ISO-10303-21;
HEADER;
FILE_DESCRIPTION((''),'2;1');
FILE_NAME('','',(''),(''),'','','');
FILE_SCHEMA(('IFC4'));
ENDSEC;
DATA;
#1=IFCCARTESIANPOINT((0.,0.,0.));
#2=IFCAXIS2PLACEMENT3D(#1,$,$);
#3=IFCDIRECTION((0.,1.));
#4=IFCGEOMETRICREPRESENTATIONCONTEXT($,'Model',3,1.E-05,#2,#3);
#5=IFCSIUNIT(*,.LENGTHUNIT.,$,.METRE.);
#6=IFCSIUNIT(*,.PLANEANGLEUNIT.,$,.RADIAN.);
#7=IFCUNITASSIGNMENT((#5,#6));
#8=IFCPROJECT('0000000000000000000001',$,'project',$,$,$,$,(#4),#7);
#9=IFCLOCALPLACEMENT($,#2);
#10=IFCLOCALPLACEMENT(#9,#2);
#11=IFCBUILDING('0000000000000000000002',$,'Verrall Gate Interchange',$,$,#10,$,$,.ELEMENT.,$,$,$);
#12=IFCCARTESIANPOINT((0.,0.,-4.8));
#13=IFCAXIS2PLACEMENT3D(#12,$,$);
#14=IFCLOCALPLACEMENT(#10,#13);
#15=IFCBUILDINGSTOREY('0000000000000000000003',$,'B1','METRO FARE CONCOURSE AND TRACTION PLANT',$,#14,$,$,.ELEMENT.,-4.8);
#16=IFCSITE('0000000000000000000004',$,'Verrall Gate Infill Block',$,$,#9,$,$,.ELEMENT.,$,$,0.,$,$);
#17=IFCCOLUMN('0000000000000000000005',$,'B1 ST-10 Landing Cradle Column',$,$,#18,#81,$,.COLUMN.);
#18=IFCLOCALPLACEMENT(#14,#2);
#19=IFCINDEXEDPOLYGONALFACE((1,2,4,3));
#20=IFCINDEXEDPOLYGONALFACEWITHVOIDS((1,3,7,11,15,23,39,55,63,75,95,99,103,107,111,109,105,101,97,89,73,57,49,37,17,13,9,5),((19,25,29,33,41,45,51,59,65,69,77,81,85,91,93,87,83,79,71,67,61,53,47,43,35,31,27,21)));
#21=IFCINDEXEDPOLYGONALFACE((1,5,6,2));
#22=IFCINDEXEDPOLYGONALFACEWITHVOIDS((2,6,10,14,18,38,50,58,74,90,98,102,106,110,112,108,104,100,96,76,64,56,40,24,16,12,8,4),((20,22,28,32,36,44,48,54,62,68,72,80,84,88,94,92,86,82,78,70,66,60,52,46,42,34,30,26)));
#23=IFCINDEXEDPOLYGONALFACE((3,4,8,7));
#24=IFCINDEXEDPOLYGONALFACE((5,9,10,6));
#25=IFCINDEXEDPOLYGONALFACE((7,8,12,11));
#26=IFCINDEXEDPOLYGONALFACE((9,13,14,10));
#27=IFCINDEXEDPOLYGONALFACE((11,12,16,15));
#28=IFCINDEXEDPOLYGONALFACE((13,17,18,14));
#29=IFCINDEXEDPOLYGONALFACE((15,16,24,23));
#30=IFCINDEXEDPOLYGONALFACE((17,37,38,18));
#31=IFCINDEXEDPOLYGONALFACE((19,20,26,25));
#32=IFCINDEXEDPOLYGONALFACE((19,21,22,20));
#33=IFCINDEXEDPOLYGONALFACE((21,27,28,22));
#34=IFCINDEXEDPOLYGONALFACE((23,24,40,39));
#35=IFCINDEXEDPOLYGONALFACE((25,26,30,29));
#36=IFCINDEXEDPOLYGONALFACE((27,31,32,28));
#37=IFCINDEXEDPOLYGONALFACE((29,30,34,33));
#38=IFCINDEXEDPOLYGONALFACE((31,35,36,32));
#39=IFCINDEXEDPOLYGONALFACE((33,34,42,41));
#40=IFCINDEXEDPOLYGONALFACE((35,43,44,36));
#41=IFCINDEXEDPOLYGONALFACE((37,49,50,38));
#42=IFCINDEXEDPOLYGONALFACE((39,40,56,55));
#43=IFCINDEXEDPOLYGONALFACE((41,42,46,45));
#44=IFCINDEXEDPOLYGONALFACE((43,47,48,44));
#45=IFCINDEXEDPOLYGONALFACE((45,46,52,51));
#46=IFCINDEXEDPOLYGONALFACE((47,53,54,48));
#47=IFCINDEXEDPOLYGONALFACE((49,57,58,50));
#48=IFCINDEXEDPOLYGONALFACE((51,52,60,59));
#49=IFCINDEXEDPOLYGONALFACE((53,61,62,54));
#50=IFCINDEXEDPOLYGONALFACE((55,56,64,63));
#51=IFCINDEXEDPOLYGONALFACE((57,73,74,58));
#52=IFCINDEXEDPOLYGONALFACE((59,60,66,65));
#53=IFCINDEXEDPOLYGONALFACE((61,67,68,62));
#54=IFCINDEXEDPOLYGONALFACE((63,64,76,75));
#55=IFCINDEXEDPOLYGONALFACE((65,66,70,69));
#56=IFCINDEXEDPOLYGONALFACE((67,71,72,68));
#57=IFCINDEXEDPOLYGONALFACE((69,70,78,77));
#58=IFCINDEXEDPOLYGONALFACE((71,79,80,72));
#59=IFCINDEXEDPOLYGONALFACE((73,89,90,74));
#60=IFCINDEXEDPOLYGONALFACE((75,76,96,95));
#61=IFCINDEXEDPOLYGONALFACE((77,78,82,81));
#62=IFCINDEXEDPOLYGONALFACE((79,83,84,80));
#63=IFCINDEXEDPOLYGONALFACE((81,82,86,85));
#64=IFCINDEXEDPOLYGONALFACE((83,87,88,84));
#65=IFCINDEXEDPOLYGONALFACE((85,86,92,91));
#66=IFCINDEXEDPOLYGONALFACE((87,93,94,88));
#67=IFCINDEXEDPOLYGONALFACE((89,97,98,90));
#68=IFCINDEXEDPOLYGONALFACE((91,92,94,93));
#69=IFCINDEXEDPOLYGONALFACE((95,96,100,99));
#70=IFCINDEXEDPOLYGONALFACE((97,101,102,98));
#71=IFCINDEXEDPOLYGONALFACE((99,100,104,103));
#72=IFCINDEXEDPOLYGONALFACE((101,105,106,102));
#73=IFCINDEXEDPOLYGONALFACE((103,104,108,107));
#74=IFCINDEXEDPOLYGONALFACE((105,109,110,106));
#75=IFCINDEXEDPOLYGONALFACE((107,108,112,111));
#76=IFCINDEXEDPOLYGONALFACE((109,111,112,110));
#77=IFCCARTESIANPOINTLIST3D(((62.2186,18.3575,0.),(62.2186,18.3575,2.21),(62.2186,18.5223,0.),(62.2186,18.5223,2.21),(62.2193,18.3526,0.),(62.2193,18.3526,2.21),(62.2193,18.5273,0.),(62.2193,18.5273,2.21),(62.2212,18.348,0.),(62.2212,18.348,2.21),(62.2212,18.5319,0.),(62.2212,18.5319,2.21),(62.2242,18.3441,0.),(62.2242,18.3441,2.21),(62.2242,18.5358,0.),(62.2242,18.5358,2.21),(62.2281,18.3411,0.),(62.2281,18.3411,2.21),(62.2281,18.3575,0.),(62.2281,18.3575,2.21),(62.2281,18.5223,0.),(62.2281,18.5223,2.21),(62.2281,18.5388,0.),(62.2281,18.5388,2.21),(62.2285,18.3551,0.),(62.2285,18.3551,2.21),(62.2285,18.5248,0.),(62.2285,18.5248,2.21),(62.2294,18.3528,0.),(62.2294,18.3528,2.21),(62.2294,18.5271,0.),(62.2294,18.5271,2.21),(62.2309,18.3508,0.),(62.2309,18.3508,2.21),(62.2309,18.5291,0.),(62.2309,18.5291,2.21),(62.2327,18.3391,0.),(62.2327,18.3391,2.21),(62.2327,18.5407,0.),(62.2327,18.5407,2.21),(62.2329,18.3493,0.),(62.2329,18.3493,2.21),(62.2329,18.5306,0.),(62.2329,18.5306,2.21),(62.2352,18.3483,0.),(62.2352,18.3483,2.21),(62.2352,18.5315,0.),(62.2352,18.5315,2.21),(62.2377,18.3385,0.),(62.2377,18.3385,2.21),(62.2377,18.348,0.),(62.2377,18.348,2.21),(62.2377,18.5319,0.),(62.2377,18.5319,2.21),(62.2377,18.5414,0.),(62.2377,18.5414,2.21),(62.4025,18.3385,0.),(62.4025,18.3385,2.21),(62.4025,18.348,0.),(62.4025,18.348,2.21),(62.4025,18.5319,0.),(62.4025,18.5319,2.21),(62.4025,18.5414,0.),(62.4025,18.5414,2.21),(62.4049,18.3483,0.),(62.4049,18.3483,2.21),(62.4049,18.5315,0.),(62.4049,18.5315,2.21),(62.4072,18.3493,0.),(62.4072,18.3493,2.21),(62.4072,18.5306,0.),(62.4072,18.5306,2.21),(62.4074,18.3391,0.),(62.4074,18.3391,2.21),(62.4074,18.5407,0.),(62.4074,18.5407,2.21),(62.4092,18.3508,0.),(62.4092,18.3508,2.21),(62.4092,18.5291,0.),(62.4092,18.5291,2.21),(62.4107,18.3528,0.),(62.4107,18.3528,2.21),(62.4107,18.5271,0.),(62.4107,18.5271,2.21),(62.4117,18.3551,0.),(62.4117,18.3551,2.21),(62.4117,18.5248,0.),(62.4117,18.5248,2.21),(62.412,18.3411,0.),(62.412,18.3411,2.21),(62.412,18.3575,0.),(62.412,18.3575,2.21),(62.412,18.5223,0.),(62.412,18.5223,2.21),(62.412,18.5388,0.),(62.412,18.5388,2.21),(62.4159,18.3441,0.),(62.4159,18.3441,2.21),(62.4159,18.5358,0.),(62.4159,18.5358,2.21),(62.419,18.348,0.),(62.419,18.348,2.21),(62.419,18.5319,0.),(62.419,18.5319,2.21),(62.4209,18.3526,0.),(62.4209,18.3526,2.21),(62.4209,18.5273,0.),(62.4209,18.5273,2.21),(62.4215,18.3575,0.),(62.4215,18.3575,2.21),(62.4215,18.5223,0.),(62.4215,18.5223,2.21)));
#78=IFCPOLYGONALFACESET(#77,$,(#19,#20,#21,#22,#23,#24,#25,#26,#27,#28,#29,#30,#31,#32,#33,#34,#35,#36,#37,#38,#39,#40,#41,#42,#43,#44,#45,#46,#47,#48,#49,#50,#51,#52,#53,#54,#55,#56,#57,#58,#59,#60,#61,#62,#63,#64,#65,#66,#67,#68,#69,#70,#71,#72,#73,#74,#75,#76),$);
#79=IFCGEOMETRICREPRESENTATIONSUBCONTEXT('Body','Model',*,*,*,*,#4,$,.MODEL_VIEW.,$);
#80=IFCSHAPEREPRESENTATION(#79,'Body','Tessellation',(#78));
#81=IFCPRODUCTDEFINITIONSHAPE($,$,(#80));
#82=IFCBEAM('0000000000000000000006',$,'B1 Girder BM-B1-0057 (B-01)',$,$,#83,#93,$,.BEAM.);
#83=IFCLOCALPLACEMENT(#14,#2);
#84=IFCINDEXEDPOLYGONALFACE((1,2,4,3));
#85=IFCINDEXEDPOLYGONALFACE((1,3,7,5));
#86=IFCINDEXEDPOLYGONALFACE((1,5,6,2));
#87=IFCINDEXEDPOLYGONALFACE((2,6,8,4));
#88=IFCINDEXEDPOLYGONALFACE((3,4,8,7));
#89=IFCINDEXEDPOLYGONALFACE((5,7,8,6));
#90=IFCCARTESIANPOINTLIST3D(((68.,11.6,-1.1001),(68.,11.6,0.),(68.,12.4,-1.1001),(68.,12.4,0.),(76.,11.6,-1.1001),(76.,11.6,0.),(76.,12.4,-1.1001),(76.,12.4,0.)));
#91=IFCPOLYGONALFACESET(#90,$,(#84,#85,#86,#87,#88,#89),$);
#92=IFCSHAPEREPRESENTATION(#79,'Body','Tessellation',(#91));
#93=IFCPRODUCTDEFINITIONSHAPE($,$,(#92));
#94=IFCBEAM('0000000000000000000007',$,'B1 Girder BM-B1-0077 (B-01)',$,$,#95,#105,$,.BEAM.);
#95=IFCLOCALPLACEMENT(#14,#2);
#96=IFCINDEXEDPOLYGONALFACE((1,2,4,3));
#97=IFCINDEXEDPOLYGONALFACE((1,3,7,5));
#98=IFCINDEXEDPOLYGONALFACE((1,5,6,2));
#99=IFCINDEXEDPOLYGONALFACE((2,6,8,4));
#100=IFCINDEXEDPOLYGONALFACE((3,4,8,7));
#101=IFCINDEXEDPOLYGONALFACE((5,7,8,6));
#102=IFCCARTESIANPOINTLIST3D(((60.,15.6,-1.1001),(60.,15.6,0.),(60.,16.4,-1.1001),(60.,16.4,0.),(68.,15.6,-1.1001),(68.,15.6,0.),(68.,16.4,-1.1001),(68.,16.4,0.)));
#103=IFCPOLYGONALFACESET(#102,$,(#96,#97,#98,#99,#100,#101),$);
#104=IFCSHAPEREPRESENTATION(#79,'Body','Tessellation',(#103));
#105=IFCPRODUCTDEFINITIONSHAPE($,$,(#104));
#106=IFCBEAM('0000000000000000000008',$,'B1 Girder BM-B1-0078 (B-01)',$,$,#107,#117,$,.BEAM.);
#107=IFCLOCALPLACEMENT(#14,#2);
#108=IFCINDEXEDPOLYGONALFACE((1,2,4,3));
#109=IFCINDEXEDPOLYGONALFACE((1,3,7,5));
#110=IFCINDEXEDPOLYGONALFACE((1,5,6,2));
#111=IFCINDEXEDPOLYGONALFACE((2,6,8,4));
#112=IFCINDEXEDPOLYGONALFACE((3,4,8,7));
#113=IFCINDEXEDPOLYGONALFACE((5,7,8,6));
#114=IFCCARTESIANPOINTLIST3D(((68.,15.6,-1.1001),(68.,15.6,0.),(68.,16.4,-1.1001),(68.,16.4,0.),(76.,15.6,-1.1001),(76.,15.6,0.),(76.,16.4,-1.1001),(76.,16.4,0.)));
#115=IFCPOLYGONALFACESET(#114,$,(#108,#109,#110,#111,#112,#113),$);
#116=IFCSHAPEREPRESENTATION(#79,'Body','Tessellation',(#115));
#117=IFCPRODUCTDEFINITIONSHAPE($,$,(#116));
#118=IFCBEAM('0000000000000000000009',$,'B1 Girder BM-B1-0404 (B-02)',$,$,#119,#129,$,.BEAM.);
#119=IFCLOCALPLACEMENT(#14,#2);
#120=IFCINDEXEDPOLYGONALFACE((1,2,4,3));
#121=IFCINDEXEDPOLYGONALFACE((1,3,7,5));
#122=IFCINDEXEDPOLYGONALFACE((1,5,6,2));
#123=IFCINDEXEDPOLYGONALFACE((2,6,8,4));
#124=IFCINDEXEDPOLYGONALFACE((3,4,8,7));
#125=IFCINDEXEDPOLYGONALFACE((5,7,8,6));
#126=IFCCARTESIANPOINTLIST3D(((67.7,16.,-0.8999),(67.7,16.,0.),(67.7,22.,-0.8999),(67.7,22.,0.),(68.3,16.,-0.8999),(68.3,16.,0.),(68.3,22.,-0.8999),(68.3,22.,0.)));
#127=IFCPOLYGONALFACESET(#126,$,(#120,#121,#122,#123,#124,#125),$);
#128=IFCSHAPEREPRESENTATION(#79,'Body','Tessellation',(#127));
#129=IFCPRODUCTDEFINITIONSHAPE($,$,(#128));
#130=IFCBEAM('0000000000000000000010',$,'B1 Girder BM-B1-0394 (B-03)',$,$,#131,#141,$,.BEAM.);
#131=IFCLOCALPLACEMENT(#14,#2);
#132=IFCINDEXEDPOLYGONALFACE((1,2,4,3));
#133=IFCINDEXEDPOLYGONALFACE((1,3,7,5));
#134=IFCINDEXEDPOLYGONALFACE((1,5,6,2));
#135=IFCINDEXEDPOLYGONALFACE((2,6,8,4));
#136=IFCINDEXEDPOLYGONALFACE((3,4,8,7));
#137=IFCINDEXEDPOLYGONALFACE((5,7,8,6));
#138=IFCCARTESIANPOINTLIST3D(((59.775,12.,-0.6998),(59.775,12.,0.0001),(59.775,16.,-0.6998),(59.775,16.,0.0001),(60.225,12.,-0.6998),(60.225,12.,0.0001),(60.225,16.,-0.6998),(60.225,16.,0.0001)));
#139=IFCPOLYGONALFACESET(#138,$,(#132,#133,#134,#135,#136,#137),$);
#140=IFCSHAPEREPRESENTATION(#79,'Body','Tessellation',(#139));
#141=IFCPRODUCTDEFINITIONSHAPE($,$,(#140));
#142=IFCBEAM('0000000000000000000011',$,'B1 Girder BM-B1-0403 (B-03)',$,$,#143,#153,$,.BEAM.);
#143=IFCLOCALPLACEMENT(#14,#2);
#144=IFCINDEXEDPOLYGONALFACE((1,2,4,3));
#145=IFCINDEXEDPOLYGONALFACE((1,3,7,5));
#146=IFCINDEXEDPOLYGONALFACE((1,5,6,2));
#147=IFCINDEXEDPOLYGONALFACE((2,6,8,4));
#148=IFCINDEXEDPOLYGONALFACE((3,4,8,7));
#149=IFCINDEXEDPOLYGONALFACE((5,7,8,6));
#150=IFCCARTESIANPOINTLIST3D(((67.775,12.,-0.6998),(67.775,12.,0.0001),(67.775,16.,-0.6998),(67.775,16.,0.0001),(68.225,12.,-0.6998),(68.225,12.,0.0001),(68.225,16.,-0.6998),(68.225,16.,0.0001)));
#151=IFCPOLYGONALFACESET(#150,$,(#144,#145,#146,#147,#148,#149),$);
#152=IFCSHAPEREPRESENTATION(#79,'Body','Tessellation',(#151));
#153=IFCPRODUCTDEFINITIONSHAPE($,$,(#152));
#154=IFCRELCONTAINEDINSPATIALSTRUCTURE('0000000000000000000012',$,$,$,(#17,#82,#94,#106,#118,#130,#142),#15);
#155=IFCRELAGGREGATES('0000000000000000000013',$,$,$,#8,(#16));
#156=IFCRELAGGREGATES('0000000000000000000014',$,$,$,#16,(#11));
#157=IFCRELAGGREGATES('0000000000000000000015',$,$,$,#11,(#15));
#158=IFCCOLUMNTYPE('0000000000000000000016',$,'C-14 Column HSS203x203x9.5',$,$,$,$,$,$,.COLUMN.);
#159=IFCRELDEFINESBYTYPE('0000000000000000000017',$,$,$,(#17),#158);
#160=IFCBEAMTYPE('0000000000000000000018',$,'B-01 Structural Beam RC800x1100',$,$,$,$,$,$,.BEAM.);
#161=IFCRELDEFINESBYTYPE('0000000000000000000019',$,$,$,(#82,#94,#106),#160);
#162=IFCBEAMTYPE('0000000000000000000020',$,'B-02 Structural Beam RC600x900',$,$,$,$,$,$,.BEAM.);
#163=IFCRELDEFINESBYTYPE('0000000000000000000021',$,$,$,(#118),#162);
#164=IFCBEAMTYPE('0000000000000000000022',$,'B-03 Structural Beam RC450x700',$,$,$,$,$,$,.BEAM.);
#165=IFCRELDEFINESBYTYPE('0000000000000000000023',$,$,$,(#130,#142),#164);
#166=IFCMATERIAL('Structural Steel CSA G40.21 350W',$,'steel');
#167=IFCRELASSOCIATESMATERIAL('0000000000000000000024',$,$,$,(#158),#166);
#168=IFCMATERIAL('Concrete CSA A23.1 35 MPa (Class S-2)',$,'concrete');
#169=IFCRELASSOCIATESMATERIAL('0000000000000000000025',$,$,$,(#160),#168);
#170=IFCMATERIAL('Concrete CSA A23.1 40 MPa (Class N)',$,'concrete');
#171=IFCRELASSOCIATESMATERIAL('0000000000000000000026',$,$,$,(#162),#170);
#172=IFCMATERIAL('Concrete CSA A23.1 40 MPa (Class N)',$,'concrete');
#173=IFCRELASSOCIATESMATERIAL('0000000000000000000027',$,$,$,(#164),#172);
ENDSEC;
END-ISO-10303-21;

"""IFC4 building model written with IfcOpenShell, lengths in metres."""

from ifc_helpers import new_model, si_unit, direction, frame, origin, origin_2d, place, context, subcontext, project, spatial, rectangle, hollow_rectangle, extrude, material, material_profile, profile_set, type_object, element, save


model = new_model("IFC4")

# Units and contexts
model_context = context("Model", 3, precision=1e-05, world=origin(), true_north=direction((0.0, 1.0)))
body_context = subcontext(model_context, "Body", "Model", "MODEL_VIEW")
ifc_project = project(units=[si_unit("LENGTHUNIT", "METRE"), si_unit("PLANEANGLEUNIT", "RADIAN")], contexts=[model_context])

# Site, building, storey
site_placement = place(None, origin())
site = spatial("IfcSite", under=ifc_project, at=site_placement, Name="Verrall Gate Infill Block", CompositionType="ELEMENT", RefElevation=0.0)
building_placement = place(site_placement, origin())
building = spatial("IfcBuilding", under=site, at=building_placement, Name="Verrall Gate Interchange", CompositionType="ELEMENT")
storey_placement = place(building_placement, frame((0.0, 0.0, -4.8)))
storey = spatial("IfcBuildingStorey", under=building, at=storey_placement, Name="B1", Description="METRO FARE CONCOURSE AND TRACTION PLANT", CompositionType="ELEMENT", Elevation=-4.8)

# Column
ifc_material_1 = material(Name="Structural Steel CSA G40.21 350W", Category="steel")
ifc_material_profile_1 = material_profile(ifc_material_1, hollow_rectangle(XDim=0.2029, YDim=0.2029, WallThickness=0.0095, InnerFilletRadius=0.0095, OuterFilletRadius=0.019, at=origin_2d()), Name="HSS203x203x9.5")
ifc_profile_set_1 = profile_set([ifc_material_profile_1], Name="Structural Steel CSA G40.21 350W")
column_type_1 = type_object("IfcColumnType", Name="C-14 Column HSS203x203x9.5", PredefinedType="COLUMN", material=ifc_profile_set_1)
for number, where, z_axis, x_axis, name in (
    (1, (62.3201, 18.4399, 0.0), (0.0, 0.0, 1.0), (1.0, 0.0, 0.0), "B1 ST-10 Landing Cradle Column"),
):
    element("IfcColumn", number, at=place(storey_placement, frame(where, z_axis=z_axis, x_axis=x_axis)), inside=storey, type_object=column_type_1, Name=name, PredefinedType="COLUMN", context=body_context, shape_type="SweptSolid", body=[
        extrude(hollow_rectangle(XDim=0.2029, YDim=0.2029, WallThickness=0.0095, InnerFilletRadius=0.0095, OuterFilletRadius=0.019, at=origin_2d()), origin(), (0.0, 0.0, 1.0), 2.21),
    ])

# Beams
ifc_material_2 = material(Name="Concrete CSA A23.1 35 MPa (Class S-2)", Category="concrete")
ifc_material_profile_2 = material_profile(ifc_material_2, rectangle(XDim=0.8, YDim=1.1001, at=origin_2d()), Name="RC800x1100")
ifc_profile_set_2 = profile_set([ifc_material_profile_2], Name="Concrete CSA A23.1 35 MPa (Class S-2)")
beam_type_1 = type_object("IfcBeamType", Name="B-01 Structural Beam RC800x1100", PredefinedType="BEAM", material=ifc_profile_set_2)
for number, where, z_axis, x_axis, name in (
    (2, (68.0, 12.0, -0.55), (1.0, 0.0, 0.0), (0.0, 1.0, 0.0), "B1 Girder BM-B1-0057 (B-01)"),
    (3, (60.0, 16.0, -0.55), (1.0, 0.0, 0.0), (0.0, 1.0, 0.0), "B1 Girder BM-B1-0077 (B-01)"),
    (4, (68.0, 16.0, -0.55), (1.0, 0.0, 0.0), (0.0, 1.0, 0.0), "B1 Girder BM-B1-0078 (B-01)"),
):
    element("IfcBeam", number, at=place(storey_placement, frame(where, z_axis=z_axis, x_axis=x_axis)), inside=storey, type_object=beam_type_1, Name=name, PredefinedType="BEAM", context=body_context, shape_type="SweptSolid", body=[
        extrude(rectangle(XDim=0.8, YDim=1.1001, at=origin_2d()), origin(), (0.0, 0.0, 1.0), 8.0),
    ])
ifc_material_3 = material(Name="Concrete CSA A23.1 40 MPa (Class N)", Category="concrete")
ifc_material_profile_3 = material_profile(ifc_material_3, rectangle(XDim=0.6001, YDim=0.8999, at=origin_2d()), Name="RC600x900")
ifc_profile_set_3 = profile_set([ifc_material_profile_3], Name="Concrete CSA A23.1 40 MPa (Class N)")
beam_type_2 = type_object("IfcBeamType", Name="B-02 Structural Beam RC600x900", PredefinedType="BEAM", material=ifc_profile_set_3)
beam_1_placement = place(storey_placement, frame((68.0, 16.0, -0.45), z_axis=(0.0, 1.0, 0.0), x_axis=(-1.0, 0.0, 0.0)))
element("IfcBeam", 5, at=beam_1_placement, inside=storey, type_object=beam_type_2, Name="B1 Girder BM-B1-0404 (B-02)", PredefinedType="BEAM", context=body_context, shape_type="SweptSolid", body=[
    extrude(rectangle(XDim=0.6001, YDim=0.8999, at=origin_2d()), origin(), (0.0, 0.0, 1.0), 6.0),
])
ifc_material_4 = material(Name="Concrete CSA A23.1 40 MPa (Class N)", Category="concrete")
ifc_material_profile_4 = material_profile(ifc_material_4, rectangle(XDim=0.45, YDim=0.7, at=origin_2d()), Name="RC450x700")
ifc_profile_set_4 = profile_set([ifc_material_profile_4], Name="Concrete CSA A23.1 40 MPa (Class N)")
beam_type_3 = type_object("IfcBeamType", Name="B-03 Structural Beam RC450x700", PredefinedType="BEAM", material=ifc_profile_set_4)
for number, where, z_axis, x_axis, name in (
    (6, (60.0, 12.0, -0.3499), (0.0, 1.0, 0.0), (-1.0, 0.0, 0.0), "B1 Girder BM-B1-0394 (B-03)"),
    (7, (68.0, 12.0, -0.3499), (0.0, 1.0, 0.0), (-1.0, 0.0, 0.0), "B1 Girder BM-B1-0403 (B-03)"),
):
    element("IfcBeam", number, at=place(storey_placement, frame(where, z_axis=z_axis, x_axis=x_axis)), inside=storey, type_object=beam_type_3, Name=name, PredefinedType="BEAM", context=body_context, shape_type="SweptSolid", body=[
        extrude(rectangle(XDim=0.45, YDim=0.7, at=origin_2d()), origin(), (0.0, 0.0, 1.0), 4.0),
    ])

save(model, "model.ifc")
